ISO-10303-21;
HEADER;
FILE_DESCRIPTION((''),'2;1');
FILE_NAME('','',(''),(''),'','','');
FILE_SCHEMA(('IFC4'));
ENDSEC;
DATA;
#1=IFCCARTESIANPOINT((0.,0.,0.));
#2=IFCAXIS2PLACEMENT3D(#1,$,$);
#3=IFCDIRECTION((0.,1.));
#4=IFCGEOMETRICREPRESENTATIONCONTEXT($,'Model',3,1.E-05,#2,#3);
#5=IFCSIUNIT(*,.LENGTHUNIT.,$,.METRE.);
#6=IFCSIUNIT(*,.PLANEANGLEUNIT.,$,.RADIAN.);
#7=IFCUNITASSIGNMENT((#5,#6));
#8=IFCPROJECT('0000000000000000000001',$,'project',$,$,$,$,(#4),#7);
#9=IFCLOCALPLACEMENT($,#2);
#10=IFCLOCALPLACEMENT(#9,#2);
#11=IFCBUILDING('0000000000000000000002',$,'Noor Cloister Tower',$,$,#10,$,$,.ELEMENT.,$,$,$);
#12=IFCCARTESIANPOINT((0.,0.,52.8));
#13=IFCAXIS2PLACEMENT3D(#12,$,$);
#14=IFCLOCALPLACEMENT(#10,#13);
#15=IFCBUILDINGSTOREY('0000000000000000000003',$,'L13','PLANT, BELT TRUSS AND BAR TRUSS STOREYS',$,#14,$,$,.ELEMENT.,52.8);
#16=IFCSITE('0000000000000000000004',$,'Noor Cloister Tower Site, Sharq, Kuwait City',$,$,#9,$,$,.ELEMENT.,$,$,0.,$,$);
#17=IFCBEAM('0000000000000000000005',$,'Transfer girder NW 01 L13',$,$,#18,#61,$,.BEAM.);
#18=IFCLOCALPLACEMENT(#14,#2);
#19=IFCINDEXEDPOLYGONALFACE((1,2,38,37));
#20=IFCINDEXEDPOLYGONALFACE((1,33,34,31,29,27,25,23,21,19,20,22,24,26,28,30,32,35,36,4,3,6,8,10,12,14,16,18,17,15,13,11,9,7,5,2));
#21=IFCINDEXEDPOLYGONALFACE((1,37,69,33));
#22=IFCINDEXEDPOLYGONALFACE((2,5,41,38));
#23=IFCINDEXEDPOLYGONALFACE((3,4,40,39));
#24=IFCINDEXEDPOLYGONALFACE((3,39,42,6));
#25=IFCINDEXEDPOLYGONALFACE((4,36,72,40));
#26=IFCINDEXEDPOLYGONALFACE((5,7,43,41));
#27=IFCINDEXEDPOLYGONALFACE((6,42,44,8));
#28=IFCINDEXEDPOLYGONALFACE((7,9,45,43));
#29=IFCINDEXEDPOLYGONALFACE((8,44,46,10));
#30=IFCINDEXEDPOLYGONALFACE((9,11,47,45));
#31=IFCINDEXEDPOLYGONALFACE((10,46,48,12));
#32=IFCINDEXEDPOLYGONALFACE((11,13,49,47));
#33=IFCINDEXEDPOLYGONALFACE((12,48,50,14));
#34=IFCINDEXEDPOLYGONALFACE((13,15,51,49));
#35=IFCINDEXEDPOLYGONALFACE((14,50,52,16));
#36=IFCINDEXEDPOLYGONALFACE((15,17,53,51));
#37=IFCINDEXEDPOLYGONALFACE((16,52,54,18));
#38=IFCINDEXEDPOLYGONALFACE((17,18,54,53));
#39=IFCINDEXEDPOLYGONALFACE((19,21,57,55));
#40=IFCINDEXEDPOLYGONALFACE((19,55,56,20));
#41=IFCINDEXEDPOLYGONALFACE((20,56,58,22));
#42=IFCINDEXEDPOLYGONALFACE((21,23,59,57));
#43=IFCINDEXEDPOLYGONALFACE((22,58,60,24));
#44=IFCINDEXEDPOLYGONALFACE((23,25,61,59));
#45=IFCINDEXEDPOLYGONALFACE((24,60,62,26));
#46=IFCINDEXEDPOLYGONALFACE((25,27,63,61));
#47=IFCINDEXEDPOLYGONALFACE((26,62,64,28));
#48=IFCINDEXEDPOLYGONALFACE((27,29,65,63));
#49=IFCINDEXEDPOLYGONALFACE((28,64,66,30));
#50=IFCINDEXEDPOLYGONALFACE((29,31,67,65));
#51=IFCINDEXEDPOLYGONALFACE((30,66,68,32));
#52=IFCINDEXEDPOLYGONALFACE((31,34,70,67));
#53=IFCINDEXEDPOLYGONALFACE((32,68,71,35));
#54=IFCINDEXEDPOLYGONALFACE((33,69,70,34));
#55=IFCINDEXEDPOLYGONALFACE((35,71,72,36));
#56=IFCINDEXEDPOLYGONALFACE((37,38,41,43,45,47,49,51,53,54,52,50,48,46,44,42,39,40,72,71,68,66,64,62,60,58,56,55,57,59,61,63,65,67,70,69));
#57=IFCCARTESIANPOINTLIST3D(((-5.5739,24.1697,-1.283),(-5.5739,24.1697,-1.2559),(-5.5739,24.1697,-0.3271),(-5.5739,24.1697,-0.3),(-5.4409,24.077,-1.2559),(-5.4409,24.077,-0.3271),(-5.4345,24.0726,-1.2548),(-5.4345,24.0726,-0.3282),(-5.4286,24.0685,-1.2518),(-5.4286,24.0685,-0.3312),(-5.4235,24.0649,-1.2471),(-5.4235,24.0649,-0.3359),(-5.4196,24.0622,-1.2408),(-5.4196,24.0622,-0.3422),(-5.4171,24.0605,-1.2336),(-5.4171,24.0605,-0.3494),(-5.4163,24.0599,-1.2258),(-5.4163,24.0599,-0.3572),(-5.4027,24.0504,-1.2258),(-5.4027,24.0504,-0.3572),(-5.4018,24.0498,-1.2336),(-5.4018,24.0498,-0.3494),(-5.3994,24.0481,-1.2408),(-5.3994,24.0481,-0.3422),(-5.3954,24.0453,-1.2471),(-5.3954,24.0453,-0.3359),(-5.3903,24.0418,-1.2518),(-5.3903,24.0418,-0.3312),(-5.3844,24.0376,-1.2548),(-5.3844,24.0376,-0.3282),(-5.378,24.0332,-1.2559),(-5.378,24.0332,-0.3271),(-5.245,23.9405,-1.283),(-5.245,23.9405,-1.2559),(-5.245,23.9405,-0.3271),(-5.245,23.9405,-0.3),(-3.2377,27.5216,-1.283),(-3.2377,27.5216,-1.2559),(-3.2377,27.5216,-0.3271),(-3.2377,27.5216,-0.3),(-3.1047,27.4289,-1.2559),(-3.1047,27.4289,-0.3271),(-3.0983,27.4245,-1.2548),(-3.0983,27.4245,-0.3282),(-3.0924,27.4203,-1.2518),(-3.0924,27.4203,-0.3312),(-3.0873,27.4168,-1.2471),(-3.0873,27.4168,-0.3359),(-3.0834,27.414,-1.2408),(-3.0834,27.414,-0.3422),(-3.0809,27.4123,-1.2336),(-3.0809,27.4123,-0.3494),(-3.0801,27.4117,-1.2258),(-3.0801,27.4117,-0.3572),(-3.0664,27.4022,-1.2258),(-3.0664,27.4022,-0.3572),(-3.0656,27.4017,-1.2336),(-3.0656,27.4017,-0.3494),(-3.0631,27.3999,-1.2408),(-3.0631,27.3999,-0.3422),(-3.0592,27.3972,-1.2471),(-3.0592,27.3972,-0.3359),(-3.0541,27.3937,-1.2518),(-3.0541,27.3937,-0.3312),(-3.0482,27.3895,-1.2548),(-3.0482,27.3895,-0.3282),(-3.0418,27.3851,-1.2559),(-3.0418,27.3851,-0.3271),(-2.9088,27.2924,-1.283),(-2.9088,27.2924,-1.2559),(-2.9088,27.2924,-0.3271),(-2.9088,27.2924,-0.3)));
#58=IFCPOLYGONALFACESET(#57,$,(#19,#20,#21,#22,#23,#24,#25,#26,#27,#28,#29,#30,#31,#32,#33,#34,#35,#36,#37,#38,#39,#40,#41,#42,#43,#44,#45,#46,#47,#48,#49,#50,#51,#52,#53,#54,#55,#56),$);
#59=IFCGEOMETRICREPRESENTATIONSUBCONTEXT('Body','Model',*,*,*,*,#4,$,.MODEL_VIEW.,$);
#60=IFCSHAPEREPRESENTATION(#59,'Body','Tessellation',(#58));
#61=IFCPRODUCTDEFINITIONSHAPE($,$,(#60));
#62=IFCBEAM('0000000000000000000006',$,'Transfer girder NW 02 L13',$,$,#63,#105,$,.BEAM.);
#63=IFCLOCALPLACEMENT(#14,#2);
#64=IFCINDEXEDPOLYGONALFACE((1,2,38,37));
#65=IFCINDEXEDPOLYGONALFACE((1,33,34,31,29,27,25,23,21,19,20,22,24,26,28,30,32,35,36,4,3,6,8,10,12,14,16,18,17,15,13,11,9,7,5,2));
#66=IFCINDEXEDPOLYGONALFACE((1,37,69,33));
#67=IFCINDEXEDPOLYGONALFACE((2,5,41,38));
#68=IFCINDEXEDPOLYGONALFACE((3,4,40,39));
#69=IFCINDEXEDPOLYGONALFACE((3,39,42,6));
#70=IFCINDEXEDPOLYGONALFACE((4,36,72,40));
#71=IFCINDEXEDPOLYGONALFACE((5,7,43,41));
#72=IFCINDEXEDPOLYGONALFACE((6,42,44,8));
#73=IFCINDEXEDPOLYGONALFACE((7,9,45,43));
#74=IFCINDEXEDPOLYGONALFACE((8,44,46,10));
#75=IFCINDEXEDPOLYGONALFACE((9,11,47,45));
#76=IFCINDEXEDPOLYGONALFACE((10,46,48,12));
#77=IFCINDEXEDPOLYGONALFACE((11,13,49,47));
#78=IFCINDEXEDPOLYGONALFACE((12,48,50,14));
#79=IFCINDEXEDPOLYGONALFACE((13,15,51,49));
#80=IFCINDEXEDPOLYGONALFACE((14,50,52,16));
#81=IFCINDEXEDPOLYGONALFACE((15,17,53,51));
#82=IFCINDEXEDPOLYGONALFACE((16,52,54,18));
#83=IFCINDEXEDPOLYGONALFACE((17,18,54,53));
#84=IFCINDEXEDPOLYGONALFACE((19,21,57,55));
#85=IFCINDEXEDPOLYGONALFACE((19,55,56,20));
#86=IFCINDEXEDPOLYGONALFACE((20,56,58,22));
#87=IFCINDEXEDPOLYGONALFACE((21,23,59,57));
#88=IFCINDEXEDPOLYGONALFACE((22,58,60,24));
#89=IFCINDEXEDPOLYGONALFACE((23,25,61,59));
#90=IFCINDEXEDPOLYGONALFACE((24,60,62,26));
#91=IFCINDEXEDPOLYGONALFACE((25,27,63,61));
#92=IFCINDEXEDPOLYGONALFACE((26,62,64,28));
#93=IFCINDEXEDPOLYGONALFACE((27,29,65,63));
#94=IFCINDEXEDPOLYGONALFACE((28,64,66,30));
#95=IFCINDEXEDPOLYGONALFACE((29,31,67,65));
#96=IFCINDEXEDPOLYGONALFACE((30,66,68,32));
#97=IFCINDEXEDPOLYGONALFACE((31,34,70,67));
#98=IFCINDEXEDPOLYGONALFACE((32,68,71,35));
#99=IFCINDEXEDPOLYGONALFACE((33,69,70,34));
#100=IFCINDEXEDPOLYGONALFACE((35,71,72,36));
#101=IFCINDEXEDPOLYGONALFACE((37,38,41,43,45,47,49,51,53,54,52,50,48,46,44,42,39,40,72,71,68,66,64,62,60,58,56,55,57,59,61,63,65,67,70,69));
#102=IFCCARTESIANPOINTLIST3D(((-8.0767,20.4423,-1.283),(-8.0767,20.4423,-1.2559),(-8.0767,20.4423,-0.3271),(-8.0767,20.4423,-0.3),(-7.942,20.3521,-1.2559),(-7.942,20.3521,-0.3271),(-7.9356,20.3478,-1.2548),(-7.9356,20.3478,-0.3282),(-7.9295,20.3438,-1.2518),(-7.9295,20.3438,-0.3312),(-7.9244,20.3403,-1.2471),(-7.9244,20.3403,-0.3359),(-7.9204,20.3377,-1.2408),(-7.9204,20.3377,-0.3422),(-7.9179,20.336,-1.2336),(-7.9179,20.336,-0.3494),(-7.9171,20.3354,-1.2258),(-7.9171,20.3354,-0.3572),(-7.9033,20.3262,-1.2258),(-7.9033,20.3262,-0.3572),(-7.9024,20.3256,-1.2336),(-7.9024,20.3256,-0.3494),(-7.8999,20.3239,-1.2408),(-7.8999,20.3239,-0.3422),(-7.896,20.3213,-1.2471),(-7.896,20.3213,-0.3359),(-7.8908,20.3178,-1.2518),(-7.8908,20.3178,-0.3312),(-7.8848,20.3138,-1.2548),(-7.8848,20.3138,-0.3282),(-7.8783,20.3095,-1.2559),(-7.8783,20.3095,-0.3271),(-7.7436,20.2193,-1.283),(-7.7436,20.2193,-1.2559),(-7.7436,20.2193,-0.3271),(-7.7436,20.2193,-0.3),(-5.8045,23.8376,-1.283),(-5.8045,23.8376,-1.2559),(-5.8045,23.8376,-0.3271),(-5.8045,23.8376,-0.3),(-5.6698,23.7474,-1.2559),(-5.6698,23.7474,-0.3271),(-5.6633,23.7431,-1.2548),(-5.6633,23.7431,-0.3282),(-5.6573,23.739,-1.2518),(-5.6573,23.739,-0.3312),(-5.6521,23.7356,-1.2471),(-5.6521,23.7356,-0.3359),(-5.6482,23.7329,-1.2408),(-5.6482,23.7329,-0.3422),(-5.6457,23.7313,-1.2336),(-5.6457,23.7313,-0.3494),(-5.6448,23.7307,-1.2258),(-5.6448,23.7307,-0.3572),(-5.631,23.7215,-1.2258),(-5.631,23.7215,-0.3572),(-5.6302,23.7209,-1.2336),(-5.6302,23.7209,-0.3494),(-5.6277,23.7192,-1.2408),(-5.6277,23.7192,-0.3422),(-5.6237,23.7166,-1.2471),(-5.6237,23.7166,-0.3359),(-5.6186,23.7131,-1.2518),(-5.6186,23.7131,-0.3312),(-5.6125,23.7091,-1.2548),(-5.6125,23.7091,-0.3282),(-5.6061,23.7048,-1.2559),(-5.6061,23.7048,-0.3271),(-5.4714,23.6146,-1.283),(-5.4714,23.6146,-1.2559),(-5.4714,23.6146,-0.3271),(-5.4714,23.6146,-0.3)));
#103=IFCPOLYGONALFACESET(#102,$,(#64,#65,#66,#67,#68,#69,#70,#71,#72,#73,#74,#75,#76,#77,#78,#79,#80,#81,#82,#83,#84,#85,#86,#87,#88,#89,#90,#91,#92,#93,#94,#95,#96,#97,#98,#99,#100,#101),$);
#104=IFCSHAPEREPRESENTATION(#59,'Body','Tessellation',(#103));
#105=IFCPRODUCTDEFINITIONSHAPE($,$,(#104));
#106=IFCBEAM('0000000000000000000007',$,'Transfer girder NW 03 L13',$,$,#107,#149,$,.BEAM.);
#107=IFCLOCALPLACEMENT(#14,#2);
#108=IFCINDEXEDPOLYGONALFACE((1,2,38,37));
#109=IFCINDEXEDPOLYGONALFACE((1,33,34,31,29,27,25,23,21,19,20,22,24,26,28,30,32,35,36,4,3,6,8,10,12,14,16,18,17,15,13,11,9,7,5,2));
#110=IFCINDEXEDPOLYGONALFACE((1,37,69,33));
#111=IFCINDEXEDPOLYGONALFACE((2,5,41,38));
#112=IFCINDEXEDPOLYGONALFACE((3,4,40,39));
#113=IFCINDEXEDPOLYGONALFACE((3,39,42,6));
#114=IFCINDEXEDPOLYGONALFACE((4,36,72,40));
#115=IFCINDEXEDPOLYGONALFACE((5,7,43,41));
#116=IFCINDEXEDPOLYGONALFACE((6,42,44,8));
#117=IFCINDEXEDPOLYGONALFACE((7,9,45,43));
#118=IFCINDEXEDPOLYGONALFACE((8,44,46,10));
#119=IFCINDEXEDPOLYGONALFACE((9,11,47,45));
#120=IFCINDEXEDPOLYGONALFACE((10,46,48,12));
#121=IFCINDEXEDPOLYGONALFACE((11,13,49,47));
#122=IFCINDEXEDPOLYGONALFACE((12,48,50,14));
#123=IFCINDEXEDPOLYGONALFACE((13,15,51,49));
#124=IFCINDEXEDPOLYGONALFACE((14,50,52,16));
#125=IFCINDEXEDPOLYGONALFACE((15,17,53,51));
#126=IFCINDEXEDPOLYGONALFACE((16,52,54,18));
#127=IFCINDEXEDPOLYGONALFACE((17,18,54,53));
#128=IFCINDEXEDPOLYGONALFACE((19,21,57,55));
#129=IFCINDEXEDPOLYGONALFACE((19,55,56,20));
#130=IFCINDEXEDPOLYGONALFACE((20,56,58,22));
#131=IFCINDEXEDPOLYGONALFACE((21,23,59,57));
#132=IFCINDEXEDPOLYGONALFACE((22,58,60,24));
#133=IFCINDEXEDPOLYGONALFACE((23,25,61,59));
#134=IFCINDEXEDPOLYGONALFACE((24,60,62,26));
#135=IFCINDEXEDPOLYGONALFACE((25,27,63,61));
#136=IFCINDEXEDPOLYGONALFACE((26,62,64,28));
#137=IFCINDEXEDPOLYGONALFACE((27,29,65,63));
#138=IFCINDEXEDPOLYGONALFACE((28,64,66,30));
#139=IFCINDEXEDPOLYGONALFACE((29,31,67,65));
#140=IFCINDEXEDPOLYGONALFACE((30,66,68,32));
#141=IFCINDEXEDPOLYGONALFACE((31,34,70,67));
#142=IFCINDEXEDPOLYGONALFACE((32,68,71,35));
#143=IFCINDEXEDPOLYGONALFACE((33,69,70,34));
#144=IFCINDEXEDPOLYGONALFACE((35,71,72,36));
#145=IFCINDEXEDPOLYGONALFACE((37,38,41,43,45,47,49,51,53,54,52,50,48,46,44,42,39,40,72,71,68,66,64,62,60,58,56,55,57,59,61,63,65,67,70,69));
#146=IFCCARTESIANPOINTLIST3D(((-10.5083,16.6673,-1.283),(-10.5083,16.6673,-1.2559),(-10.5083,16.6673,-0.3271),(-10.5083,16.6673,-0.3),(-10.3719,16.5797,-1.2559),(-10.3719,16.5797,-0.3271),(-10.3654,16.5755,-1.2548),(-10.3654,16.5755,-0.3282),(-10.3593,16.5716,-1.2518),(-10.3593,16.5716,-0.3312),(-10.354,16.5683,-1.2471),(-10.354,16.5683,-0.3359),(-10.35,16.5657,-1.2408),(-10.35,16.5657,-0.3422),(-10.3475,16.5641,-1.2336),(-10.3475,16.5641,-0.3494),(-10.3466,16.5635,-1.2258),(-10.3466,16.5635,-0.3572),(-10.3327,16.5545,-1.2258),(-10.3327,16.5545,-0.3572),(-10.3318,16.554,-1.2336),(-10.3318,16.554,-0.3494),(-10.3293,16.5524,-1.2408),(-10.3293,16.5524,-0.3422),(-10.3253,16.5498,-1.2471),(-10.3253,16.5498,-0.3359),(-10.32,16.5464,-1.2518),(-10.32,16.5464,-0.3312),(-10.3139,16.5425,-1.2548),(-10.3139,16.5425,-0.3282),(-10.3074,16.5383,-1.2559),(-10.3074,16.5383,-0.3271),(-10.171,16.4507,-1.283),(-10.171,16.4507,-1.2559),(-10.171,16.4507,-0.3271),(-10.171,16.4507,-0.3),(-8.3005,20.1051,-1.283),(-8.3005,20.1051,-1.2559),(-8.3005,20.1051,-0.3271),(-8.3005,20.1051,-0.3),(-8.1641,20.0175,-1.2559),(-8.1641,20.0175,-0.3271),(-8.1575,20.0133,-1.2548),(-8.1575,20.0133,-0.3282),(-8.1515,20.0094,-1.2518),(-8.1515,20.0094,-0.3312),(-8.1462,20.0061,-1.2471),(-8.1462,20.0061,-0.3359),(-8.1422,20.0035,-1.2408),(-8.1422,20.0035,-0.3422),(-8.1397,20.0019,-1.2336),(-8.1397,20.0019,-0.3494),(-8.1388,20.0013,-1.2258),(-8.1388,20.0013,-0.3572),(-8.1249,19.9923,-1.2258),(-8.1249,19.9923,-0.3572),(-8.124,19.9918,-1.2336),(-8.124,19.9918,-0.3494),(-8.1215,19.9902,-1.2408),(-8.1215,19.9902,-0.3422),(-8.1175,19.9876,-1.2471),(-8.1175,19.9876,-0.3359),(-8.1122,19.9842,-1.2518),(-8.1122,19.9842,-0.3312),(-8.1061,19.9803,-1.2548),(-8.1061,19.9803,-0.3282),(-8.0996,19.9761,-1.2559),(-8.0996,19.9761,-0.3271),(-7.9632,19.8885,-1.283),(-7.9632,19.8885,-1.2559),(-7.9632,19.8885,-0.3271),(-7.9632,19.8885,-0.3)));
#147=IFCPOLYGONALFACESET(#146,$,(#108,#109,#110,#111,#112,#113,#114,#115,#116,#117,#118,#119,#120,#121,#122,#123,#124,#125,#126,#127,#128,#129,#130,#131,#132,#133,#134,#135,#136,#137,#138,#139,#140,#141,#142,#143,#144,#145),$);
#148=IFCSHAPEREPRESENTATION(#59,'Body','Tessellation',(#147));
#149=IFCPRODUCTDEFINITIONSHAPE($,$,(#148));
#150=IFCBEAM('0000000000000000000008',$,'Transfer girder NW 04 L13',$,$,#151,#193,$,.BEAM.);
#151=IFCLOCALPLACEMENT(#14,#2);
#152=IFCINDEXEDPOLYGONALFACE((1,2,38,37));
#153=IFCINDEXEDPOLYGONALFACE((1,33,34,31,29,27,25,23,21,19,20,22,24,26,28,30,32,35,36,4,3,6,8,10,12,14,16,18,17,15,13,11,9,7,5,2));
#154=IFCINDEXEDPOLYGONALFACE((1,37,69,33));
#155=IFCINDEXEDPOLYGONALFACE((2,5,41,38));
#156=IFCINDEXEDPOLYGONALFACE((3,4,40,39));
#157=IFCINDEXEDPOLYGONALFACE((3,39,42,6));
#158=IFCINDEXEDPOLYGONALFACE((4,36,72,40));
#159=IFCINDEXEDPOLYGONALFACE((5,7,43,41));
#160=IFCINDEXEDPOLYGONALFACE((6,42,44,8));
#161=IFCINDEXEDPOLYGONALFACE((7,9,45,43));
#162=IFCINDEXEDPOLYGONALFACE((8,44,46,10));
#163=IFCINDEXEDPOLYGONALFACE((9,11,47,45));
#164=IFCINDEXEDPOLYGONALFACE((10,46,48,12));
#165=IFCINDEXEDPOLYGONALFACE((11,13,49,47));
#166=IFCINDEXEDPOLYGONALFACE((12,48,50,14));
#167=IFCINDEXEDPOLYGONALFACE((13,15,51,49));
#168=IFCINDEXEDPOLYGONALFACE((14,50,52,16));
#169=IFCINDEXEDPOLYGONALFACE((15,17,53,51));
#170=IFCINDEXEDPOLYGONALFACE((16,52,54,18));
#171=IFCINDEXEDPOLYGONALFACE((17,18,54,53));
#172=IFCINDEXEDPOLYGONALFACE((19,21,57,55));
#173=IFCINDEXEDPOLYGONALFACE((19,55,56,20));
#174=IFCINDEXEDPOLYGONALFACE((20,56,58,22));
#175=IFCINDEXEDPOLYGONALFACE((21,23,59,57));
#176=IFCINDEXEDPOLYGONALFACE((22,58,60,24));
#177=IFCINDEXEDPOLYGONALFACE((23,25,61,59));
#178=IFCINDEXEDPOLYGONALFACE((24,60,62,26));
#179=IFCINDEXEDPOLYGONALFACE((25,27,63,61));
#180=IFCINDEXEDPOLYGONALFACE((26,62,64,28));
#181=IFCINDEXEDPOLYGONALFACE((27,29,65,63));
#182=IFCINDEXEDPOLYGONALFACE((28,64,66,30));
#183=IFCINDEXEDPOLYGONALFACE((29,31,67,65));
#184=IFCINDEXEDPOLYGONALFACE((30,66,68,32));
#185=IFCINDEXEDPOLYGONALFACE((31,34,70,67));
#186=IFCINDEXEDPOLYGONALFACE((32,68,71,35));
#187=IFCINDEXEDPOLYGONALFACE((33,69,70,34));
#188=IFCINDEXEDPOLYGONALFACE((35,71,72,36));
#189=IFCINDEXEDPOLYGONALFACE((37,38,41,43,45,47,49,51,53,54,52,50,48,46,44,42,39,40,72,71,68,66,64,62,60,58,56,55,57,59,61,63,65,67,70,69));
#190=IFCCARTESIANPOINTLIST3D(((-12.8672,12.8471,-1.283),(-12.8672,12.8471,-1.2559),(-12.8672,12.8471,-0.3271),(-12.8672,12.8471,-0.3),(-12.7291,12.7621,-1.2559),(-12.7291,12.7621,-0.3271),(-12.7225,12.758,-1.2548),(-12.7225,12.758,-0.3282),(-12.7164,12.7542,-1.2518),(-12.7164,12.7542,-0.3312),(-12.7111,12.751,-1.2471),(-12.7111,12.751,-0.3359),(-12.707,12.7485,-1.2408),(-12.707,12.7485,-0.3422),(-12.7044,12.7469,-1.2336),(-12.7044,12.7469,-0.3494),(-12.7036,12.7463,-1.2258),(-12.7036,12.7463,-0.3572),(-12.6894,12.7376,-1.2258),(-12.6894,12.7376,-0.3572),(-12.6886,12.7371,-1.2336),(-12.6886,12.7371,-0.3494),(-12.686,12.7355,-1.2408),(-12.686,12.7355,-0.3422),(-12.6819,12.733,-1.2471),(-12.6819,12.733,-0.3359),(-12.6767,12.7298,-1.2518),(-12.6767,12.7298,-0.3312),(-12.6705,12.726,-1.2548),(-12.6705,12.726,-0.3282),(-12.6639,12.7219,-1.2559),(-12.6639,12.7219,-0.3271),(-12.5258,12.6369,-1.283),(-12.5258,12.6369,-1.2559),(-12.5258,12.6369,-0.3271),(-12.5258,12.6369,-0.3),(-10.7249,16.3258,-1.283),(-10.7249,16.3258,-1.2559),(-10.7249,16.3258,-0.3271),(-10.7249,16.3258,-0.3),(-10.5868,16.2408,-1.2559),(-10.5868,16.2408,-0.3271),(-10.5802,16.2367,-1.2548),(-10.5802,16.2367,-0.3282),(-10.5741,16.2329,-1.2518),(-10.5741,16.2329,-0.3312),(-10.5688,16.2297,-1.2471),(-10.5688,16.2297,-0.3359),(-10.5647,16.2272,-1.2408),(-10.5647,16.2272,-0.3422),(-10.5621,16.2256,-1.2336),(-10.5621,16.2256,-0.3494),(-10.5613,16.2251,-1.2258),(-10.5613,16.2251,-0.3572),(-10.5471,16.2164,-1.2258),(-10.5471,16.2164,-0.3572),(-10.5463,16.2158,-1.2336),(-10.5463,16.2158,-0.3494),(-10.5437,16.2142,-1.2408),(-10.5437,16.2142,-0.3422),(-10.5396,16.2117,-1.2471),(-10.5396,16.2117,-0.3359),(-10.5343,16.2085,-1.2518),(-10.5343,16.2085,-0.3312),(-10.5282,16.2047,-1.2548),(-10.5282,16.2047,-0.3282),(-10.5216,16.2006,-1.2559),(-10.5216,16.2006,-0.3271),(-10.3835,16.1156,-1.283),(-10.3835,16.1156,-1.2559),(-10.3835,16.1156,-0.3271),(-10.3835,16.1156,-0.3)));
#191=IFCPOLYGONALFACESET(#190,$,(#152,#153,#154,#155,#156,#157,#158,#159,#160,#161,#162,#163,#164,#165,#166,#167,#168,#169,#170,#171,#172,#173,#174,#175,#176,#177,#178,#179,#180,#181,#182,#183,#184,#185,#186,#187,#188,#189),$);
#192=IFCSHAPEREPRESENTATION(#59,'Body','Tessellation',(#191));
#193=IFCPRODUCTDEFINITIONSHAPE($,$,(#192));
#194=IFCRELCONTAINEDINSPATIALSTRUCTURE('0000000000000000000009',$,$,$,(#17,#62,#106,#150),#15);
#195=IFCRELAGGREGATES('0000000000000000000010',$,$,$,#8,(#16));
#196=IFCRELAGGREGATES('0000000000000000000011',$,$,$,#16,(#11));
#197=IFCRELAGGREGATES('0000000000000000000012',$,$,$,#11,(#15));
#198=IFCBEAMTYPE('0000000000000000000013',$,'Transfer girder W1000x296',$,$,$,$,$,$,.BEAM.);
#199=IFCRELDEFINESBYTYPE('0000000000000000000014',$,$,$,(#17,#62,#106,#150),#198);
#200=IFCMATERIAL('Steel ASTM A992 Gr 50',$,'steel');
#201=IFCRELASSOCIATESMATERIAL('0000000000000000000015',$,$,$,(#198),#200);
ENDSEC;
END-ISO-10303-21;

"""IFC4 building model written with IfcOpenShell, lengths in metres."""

from ifc_helpers import new_model, si_unit, direction, frame, origin, origin_2d, place, context, subcontext, project, spatial, i_section, extrude, material, material_profile, profile_set, type_object, element, save


model = new_model("IFC4")

# Units and contexts
model_context = context("Model", 3, precision=1e-05, world=origin(), true_north=direction((0.0, 1.0)))
body_context = subcontext(model_context, "Body", "Model", "MODEL_VIEW")
ifc_project = project(units=[si_unit("LENGTHUNIT", "METRE"), si_unit("PLANEANGLEUNIT", "RADIAN")], contexts=[model_context])

# Site, building, storey
site_placement = place(None, origin())
site = spatial("IfcSite", under=ifc_project, at=site_placement, Name="Noor Cloister Tower Site, Sharq, Kuwait City", CompositionType="ELEMENT", RefElevation=0.0)
building_placement = place(site_placement, origin())
building = spatial("IfcBuilding", under=site, at=building_placement, Name="Noor Cloister Tower", CompositionType="ELEMENT")
storey_placement = place(building_placement, frame((0.0, 0.0, 52.8)))
storey = spatial("IfcBuildingStorey", under=building, at=storey_placement, Name="L13", Description="PLANT, BELT TRUSS AND BAR TRUSS STOREYS", CompositionType="ELEMENT", Elevation=52.8)

# Beams
ifc_material_1 = material(Name="Steel ASTM A992 Gr 50", Category="steel")
ifc_material_profile_1 = material_profile(ifc_material_1, i_section(OverallWidth=0.4009, OverallDepth=0.9829, WebThickness=0.0166, FlangeThickness=0.0271, FilletRadius=0.03, at=origin_2d()), Name="W1000x296")
ifc_profile_set_1 = profile_set([ifc_material_profile_1], Name="Steel ASTM A992 Gr 50")
beam_type_1 = type_object("IfcBeamType", Name="Transfer girder W1000x296", PredefinedType="BEAM", material=ifc_profile_set_1)
beam_1_placement = place(storey_placement, frame((-3.0732, 27.407, -0.7915), z_axis=(-0.571805, -0.82039, 0.0), x_axis=(0.82039, -0.571805, 0.0)))
element("IfcBeam", 1, at=beam_1_placement, inside=storey, type_object=beam_type_1, Name="Transfer girder NW 01 L13", PredefinedType="BEAM", context=body_context, shape_type="SweptSolid", body=[
    extrude(i_section(OverallWidth=0.4009, OverallDepth=0.9829, WebThickness=0.0166, FlangeThickness=0.0271, FilletRadius=0.03, at=origin_2d()), origin(), (0.0, 0.0, 1.0), 4.0857),
])
beam_2_placement = place(storey_placement, frame((-5.6379, 23.7261, -0.7915), z_axis=(-0.556175, -0.831065, 0.0), x_axis=(0.831065, -0.556175, 0.0)))
element("IfcBeam", 2, at=beam_2_placement, inside=storey, type_object=beam_type_1, Name="Transfer girder NW 02 L13", PredefinedType="BEAM", context=body_context, shape_type="SweptSolid", body=[
    extrude(i_section(OverallWidth=0.4009, OverallDepth=0.9829, WebThickness=0.0166, FlangeThickness=0.0271, FilletRadius=0.03, at=origin_2d()), origin(), (0.0, 0.0, 1.0), 4.0854),
])
beam_3_placement = place(storey_placement, frame((-8.1318, 19.9968, -0.7915), z_axis=(-0.540374, -0.841425, 0.0), x_axis=(0.841425, -0.540374, 0.0)))
element("IfcBeam", 3, at=beam_3_placement, inside=storey, type_object=beam_type_1, Name="Transfer girder NW 03 L13", PredefinedType="BEAM", context=body_context, shape_type="SweptSolid", body=[
    extrude(i_section(OverallWidth=0.4009, OverallDepth=0.9829, WebThickness=0.0166, FlangeThickness=0.0271, FilletRadius=0.03, at=origin_2d()), origin(), (0.0, 0.0, 1.0), 4.0857),
])
for number, where, z_axis, x_axis, name in (
    (4, (-10.5542, 16.2207, -0.7915), (-0.524374, -0.851488, 0.0), (0.851488, -0.524374, 0.0), "Transfer girder NW 04 L13"),
):
    element("IfcBeam", number, at=place(storey_placement, frame(where, z_axis=z_axis, x_axis=x_axis)), inside=storey, type_object=beam_type_1, Name=name, PredefinedType="BEAM", context=body_context, shape_type="SweptSolid", body=[
        extrude(i_section(OverallWidth=0.4009, OverallDepth=0.9829, WebThickness=0.0166, FlangeThickness=0.0271, FilletRadius=0.03, at=origin_2d()), origin(), (0.0, 0.0, 1.0), 4.0854),
    ])

save(model, "model.ifc")
